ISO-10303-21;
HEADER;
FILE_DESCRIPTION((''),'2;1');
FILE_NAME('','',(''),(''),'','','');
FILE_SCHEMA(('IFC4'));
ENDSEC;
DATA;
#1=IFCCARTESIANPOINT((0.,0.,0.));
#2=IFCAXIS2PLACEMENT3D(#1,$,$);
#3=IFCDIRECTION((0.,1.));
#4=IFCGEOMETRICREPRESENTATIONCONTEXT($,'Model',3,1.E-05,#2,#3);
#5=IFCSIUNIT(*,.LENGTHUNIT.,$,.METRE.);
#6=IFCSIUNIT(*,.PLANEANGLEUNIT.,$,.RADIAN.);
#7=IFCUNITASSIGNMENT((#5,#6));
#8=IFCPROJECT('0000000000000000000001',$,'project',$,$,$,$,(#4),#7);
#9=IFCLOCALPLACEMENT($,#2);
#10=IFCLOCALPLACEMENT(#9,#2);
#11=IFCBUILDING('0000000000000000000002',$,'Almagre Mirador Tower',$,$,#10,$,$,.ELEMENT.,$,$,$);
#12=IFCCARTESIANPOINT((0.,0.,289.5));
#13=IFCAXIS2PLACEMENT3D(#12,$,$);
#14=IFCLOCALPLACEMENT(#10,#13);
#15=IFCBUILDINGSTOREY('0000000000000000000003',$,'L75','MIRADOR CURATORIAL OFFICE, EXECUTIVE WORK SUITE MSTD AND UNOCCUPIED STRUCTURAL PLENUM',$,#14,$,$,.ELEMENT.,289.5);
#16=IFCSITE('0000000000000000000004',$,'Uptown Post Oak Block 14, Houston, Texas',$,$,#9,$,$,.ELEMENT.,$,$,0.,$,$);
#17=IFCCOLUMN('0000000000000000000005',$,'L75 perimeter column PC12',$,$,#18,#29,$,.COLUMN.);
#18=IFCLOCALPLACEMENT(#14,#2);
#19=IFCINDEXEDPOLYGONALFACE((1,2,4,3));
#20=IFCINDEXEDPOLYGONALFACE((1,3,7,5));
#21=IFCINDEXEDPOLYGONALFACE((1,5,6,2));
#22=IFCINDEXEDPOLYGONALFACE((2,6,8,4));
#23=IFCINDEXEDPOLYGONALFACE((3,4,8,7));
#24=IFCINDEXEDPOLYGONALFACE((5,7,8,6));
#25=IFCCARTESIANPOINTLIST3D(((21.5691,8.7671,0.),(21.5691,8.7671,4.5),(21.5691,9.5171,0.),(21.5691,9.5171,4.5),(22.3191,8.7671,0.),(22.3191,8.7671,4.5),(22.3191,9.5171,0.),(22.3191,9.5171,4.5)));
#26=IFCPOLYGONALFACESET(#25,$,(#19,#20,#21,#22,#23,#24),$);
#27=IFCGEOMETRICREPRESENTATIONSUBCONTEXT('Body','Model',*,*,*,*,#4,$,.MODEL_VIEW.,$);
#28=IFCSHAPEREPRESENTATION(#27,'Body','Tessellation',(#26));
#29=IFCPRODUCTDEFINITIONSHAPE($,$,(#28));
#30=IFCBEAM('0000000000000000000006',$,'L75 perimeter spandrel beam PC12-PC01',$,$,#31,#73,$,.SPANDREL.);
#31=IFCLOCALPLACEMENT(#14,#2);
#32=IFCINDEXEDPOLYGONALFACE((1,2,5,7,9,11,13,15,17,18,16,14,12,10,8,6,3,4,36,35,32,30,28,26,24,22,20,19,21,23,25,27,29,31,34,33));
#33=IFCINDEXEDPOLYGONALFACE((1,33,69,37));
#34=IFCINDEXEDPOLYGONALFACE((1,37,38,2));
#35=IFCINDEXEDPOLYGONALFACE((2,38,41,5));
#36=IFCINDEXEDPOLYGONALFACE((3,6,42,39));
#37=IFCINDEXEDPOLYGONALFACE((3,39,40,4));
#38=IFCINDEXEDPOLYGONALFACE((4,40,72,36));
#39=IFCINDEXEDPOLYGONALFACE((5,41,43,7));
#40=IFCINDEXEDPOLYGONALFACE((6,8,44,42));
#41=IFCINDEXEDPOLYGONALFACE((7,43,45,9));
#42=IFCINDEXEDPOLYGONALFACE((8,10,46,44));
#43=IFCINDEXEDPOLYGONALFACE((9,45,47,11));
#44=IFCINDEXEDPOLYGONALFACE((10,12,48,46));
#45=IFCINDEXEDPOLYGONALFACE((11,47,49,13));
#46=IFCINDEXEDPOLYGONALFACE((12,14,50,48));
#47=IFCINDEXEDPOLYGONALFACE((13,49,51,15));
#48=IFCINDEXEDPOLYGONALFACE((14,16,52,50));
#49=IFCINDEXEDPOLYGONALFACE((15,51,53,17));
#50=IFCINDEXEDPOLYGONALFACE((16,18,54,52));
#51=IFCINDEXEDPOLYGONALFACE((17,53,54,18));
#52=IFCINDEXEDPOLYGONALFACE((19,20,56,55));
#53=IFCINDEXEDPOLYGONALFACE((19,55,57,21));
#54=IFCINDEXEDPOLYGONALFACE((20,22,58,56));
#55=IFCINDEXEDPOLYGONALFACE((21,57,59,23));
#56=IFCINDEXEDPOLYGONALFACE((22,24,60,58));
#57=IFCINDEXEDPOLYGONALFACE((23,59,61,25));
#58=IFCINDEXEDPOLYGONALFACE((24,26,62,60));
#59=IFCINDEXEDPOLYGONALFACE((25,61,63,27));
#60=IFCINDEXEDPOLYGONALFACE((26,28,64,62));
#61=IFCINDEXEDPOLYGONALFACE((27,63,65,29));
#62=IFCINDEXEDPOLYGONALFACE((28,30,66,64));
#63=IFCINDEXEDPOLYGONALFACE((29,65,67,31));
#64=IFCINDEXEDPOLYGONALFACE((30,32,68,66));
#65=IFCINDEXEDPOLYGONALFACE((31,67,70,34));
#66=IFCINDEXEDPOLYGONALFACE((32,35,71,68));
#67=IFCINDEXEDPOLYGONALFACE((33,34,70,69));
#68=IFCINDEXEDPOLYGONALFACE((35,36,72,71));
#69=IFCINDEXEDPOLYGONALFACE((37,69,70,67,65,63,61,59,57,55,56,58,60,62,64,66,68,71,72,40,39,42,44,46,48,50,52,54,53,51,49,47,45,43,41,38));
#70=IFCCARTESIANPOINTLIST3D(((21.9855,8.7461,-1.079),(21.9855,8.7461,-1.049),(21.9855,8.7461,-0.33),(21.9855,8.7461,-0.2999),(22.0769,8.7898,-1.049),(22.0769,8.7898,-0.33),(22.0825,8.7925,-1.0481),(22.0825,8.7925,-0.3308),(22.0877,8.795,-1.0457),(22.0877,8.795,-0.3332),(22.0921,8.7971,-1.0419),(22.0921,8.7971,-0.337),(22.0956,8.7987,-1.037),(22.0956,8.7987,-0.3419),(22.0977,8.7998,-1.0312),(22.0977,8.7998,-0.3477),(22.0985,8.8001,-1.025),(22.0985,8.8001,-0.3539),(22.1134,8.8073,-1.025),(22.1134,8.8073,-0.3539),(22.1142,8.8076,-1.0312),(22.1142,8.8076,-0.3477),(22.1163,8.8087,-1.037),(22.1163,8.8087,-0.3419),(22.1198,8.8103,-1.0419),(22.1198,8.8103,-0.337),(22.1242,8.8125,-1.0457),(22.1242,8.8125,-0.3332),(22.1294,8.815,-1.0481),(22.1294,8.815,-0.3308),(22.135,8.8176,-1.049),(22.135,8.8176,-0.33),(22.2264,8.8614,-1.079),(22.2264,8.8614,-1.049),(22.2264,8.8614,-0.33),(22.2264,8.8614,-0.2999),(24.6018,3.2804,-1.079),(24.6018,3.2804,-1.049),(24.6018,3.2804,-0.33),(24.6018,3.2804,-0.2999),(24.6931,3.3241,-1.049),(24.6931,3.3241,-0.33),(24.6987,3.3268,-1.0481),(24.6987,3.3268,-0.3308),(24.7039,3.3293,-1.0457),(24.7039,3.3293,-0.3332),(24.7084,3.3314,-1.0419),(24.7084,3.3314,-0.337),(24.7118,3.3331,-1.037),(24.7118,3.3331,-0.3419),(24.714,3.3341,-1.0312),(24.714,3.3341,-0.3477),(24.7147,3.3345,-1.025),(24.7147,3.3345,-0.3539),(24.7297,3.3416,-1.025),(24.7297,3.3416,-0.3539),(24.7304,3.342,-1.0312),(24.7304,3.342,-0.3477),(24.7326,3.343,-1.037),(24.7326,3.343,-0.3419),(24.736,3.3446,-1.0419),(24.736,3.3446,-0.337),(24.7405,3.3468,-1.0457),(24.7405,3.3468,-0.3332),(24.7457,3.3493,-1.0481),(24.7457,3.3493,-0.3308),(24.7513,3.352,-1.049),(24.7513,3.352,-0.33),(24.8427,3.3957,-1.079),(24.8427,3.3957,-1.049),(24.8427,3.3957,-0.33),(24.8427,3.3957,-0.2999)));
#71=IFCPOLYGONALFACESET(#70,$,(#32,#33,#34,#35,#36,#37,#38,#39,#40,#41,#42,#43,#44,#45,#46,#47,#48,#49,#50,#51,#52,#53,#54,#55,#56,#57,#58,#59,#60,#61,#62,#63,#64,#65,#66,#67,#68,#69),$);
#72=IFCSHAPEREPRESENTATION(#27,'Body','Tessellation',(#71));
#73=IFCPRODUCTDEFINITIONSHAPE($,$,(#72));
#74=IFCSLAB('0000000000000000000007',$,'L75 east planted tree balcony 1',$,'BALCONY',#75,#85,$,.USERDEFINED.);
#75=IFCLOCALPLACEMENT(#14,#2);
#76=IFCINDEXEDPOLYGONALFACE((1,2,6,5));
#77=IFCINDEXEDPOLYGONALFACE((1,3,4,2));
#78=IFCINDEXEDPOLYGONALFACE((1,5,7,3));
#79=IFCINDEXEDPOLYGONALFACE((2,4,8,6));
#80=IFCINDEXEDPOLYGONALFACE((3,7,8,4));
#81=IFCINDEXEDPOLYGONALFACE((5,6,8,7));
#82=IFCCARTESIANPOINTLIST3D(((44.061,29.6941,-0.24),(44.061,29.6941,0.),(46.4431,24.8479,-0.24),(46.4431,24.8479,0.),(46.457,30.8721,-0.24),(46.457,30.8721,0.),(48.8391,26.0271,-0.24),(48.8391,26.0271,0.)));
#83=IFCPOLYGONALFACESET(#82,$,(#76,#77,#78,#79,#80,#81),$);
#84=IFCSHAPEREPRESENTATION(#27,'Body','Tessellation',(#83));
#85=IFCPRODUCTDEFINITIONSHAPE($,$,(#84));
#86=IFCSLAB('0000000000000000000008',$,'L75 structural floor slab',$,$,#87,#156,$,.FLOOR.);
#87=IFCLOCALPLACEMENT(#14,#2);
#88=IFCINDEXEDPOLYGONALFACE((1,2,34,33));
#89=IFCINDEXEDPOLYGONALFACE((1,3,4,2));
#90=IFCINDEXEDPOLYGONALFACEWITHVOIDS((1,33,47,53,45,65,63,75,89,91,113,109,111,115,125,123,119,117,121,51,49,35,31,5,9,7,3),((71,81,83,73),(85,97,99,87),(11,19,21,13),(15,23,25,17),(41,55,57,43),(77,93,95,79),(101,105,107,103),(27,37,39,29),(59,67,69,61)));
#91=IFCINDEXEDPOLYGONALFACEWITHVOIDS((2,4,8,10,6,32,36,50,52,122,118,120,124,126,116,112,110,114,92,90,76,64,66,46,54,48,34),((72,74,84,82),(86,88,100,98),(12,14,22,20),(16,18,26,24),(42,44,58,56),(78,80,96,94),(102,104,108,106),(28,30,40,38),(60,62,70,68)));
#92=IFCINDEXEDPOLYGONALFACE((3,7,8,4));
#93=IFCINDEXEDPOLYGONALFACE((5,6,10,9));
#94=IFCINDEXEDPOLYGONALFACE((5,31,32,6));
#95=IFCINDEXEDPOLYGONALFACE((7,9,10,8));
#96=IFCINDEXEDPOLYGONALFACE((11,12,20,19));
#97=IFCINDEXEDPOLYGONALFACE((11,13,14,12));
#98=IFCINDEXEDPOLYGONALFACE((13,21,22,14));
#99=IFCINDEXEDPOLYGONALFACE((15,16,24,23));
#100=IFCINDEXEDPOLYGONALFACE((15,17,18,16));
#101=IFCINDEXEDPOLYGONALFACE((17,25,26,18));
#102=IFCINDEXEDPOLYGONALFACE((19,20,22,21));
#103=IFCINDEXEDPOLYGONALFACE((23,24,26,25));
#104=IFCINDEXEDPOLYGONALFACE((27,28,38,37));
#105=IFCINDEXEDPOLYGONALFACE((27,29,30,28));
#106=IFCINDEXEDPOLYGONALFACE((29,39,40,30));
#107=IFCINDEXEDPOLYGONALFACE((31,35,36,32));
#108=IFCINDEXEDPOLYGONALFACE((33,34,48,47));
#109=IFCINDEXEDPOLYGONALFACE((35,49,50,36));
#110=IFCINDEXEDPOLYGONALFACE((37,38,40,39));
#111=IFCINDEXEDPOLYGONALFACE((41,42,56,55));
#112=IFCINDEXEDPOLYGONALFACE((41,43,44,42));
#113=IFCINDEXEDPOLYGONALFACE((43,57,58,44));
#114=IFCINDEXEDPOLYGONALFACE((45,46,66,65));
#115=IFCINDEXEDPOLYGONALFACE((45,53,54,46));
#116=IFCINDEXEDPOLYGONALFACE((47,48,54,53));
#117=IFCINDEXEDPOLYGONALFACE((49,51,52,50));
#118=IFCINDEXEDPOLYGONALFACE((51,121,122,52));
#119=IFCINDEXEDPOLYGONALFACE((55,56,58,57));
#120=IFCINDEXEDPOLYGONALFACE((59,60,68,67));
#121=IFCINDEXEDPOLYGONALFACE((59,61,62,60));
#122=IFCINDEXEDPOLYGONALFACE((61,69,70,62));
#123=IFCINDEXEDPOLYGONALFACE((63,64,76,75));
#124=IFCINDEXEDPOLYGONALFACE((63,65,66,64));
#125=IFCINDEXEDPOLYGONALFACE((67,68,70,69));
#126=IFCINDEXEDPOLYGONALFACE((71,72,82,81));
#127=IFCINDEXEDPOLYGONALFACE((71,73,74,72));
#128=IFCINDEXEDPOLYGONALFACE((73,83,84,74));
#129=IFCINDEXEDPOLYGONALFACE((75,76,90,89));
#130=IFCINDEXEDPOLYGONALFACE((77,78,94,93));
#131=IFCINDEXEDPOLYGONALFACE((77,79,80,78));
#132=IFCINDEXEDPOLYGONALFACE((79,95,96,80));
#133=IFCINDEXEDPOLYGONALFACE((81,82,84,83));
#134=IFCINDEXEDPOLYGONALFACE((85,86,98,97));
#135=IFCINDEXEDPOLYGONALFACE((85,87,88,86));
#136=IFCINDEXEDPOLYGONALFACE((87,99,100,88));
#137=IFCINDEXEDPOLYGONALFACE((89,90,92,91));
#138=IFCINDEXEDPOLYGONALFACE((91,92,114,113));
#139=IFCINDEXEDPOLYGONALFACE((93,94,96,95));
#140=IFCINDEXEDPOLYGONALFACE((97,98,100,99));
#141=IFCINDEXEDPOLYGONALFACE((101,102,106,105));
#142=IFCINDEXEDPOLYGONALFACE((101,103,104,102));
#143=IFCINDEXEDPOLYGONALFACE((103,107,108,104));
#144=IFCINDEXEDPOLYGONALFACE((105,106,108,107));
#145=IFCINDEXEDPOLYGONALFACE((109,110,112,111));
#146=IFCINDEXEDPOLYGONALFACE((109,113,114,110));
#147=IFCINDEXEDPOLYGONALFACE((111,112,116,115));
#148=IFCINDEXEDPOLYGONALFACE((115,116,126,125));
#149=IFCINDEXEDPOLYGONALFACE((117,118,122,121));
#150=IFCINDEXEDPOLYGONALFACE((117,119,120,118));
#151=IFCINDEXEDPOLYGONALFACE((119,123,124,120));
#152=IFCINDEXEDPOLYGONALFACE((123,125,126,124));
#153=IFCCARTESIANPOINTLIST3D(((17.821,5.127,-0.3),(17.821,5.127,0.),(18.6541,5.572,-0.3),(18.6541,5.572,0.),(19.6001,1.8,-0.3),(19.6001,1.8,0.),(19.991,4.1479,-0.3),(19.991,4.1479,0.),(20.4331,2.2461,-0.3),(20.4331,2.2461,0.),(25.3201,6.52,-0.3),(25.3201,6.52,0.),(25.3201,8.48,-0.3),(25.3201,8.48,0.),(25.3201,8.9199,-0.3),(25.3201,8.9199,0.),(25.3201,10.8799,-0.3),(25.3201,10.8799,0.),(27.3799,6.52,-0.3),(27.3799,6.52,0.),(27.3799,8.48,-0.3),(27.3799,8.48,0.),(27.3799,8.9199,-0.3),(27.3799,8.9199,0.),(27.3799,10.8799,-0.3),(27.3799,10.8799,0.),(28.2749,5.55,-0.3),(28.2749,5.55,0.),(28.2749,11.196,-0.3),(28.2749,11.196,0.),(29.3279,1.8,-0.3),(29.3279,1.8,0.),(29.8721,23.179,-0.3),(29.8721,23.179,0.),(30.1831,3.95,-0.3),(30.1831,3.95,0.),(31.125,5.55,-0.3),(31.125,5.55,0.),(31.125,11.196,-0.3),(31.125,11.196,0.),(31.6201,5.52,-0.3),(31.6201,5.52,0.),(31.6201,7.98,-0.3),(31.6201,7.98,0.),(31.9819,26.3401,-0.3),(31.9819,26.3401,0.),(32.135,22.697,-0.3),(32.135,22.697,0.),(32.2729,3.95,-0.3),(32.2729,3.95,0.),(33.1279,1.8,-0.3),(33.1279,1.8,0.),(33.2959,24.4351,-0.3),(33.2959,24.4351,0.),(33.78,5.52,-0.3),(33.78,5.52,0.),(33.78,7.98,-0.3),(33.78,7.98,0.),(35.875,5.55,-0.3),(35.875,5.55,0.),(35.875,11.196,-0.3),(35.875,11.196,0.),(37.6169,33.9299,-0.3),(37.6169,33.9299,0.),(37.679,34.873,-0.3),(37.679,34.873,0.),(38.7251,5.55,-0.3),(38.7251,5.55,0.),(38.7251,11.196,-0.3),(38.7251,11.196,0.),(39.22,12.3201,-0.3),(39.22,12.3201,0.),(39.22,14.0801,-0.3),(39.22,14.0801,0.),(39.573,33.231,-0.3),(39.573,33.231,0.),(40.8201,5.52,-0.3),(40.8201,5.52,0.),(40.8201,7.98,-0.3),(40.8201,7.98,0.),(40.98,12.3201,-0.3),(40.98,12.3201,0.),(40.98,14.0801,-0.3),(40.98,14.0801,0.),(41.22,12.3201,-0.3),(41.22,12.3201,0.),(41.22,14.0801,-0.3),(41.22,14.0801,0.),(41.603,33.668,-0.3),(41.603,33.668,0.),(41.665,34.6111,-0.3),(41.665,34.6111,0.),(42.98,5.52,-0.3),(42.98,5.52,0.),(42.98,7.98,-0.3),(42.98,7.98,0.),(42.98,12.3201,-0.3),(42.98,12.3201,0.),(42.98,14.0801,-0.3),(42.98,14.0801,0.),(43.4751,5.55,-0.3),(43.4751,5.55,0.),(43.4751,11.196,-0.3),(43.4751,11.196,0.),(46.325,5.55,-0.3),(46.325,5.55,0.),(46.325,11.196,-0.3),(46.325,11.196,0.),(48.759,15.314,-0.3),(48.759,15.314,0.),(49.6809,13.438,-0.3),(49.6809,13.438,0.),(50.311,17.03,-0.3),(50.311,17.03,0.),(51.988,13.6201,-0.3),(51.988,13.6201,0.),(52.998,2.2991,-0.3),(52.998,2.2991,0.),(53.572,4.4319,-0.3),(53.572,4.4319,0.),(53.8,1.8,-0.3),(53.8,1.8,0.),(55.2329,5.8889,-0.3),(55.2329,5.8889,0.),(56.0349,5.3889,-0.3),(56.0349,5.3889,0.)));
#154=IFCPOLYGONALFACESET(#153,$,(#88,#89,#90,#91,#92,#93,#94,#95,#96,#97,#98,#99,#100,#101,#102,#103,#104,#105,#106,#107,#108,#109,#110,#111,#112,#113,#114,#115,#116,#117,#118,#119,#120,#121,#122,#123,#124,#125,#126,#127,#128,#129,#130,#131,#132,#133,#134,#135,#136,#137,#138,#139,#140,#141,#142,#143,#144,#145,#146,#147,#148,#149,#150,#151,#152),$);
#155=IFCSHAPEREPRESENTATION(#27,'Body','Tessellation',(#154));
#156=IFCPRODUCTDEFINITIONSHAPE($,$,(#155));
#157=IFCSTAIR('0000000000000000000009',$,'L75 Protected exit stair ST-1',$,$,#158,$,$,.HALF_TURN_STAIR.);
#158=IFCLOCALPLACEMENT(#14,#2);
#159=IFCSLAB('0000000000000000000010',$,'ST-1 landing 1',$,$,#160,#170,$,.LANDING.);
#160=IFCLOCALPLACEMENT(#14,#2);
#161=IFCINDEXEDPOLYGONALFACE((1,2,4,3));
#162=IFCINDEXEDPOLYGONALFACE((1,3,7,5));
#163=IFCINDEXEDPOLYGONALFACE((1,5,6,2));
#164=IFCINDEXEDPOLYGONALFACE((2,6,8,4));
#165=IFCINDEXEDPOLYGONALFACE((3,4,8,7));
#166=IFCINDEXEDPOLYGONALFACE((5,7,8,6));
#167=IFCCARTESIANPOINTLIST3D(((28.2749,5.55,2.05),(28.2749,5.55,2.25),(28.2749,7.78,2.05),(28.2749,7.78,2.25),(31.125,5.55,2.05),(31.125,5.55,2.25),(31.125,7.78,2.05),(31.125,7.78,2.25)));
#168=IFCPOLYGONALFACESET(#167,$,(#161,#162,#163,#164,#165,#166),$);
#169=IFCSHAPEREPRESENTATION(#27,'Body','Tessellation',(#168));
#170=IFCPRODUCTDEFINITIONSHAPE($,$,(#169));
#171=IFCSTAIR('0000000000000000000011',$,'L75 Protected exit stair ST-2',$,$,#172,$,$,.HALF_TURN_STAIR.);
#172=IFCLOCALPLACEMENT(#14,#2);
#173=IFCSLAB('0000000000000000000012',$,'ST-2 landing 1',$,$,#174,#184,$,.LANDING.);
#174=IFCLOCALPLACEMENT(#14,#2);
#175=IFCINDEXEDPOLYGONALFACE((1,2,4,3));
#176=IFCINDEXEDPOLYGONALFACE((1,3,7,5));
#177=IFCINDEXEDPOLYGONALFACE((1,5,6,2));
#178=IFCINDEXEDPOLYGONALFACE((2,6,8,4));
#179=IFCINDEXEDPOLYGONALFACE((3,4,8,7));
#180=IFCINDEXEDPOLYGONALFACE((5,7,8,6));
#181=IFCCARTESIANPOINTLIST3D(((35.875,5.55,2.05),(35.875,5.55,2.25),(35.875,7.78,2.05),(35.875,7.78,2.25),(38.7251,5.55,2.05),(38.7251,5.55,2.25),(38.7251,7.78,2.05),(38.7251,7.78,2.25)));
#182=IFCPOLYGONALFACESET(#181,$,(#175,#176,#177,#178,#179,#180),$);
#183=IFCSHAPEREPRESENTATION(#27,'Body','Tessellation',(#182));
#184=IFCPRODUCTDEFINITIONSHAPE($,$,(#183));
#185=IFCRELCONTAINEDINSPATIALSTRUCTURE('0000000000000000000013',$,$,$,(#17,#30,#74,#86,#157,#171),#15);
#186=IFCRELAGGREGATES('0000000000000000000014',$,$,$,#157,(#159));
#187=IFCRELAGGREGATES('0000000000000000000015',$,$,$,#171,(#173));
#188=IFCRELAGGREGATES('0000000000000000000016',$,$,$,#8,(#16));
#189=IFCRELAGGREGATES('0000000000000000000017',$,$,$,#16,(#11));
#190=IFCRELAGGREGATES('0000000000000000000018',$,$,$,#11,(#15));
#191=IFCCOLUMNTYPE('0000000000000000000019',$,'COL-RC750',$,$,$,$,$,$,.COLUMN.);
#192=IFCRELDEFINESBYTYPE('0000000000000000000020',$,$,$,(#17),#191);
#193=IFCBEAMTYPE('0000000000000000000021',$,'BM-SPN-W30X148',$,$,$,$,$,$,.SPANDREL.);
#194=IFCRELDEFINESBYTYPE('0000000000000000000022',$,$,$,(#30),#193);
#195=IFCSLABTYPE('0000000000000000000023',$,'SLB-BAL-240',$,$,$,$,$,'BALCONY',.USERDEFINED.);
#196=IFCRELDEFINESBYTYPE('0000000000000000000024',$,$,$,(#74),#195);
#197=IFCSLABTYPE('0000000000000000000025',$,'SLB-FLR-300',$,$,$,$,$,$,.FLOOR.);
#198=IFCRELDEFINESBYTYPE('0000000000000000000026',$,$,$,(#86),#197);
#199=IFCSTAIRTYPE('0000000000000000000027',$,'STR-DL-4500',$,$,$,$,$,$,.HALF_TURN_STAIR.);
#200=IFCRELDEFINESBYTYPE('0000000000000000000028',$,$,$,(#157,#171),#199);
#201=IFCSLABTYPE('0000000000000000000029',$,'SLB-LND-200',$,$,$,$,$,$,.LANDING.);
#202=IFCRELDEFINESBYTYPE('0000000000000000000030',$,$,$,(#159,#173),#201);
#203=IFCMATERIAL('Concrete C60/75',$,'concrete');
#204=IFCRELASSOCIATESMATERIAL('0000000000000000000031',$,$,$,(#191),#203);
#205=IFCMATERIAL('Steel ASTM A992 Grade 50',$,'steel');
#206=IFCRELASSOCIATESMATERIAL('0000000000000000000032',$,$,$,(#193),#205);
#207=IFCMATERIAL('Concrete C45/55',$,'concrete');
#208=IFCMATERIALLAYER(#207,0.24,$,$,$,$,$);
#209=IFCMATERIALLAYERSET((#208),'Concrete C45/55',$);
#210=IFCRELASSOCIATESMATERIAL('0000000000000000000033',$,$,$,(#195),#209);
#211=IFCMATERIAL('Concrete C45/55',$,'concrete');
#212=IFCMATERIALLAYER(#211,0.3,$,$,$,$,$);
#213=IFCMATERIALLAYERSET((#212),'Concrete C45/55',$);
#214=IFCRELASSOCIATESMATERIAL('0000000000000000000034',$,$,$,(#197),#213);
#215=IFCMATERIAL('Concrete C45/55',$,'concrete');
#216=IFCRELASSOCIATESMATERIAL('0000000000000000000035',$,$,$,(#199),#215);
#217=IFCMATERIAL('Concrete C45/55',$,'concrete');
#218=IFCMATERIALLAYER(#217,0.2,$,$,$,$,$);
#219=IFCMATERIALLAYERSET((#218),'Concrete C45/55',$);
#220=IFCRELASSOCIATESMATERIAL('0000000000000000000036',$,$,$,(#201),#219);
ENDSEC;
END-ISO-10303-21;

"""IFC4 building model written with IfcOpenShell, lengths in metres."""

from ifc_helpers import new_model, si_unit, direction, frame, origin, origin_2d, place, context, subcontext, project, spatial, polyline, rectangle, i_section, outline, extrude, material, layer, layer_set, material_profile, profile_set, type_object, element, aggregate, save


model = new_model("IFC4")

# Units and contexts
model_context = context("Model", 3, precision=1e-05, world=origin(), true_north=direction((0.0, 1.0)))
body_context = subcontext(model_context, "Body", "Model", "MODEL_VIEW")
ifc_project = project(units=[si_unit("LENGTHUNIT", "METRE"), si_unit("PLANEANGLEUNIT", "RADIAN")], contexts=[model_context])

# Site, building, storey
site_placement = place(None, origin())
site = spatial("IfcSite", under=ifc_project, at=site_placement, Name="Uptown Post Oak Block 14, Houston, Texas", CompositionType="ELEMENT", RefElevation=0.0)
building_placement = place(site_placement, origin())
building = spatial("IfcBuilding", under=site, at=building_placement, Name="Almagre Mirador Tower", CompositionType="ELEMENT")
storey_placement = place(building_placement, frame((0.0, 0.0, 289.5)))
storey = spatial("IfcBuildingStorey", under=building, at=storey_placement, Name="L75", Description="MIRADOR CURATORIAL OFFICE, EXECUTIVE WORK SUITE MSTD AND UNOCCUPIED STRUCTURAL PLENUM", CompositionType="ELEMENT", Elevation=289.5)

# Column
ifc_material_1 = material(Name="Concrete C60/75", Category="concrete")
ifc_material_profile_1 = material_profile(ifc_material_1, rectangle(XDim=0.75, YDim=0.75, at=origin_2d()), Name="RC750X750")
ifc_profile_set_1 = profile_set([ifc_material_profile_1], Name="Concrete C60/75")
column_type = type_object("IfcColumnType", Name="COL-RC750", PredefinedType="COLUMN", material=ifc_profile_set_1)
column_placement = place(storey_placement, frame((21.9441, 9.1421, 0.0), z_axis=(0.0, 0.0, 1.0), x_axis=(1.0, 0.0, 0.0)))
element("IfcColumn", 1, at=column_placement, inside=storey, type_object=column_type, Name="L75 perimeter column PC12", PredefinedType="COLUMN", context=body_context, shape_type="SweptSolid", body=[
    extrude(rectangle(XDim=0.75, YDim=0.75, at=origin_2d()), origin(), (0.0, 0.0, 1.0), 4.5),
])

# Beam
ifc_material_2 = material(Name="Steel ASTM A992 Grade 50", Category="steel")
ifc_material_profile_2 = material_profile(ifc_material_2, i_section(OverallWidth=0.2671, OverallDepth=0.7791, WebThickness=0.0166, FlangeThickness=0.03, FilletRadius=0.0239, at=origin_2d()), Name="W30X148")
ifc_profile_set_2 = profile_set([ifc_material_profile_2], Name="Steel ASTM A992 Grade 50")
beam_type = type_object("IfcBeamType", Name="BM-SPN-W30X148", PredefinedType="SPANDREL", material=ifc_profile_set_2)
beam_placement = place(storey_placement, frame((22.106, 8.8037, -0.6895), z_axis=(0.431756, -0.90199, 0.0), x_axis=(0.90199, 0.431756, 0.0)))
element("IfcBeam", 2, at=beam_placement, inside=storey, type_object=beam_type, Name="L75 perimeter spandrel beam PC12-PC01", PredefinedType="SPANDREL", context=body_context, shape_type="SweptSolid", body=[
    extrude(i_section(OverallWidth=0.2671, OverallDepth=0.7791, WebThickness=0.0166, FlangeThickness=0.03, FilletRadius=0.0239, at=origin_2d()), origin(), (0.0, 0.0, 1.0), 6.0596),
])

# Slabs
ifc_material_3 = material(Name="Concrete C45/55", Category="concrete")
ifc_layer_1 = layer(ifc_material_3, 0.24)
ifc_layer_set_1 = layer_set([ifc_layer_1], Name="Concrete C45/55")
slab_type_1 = type_object("IfcSlabType", Name="SLB-BAL-240", ElementType="BALCONY", PredefinedType="USERDEFINED", material=ifc_layer_set_1)
slab_1_placement = place(storey_placement, frame((0.0, 0.0, -0.24)))
element("IfcSlab", 3, at=slab_1_placement, inside=storey, type_object=slab_type_1, Name="L75 east planted tree balcony 1", ObjectType="BALCONY", PredefinedType="USERDEFINED", context=body_context, shape_type="SweptSolid", body=[
    extrude(outline(polyline([(46.4431, 24.8479), (44.061, 29.6941), (46.457, 30.8721), (48.8391, 26.0271), (46.4431, 24.8479)])), origin(), (0.0, 0.0, 1.0), 0.24),
])
ifc_material_4 = material(Name="Concrete C45/55", Category="concrete")
ifc_layer_2 = layer(ifc_material_4, 0.3)
ifc_layer_set_2 = layer_set([ifc_layer_2], Name="Concrete C45/55")
slab_type_2 = type_object("IfcSlabType", Name="SLB-FLR-300", PredefinedType="FLOOR", material=ifc_layer_set_2)
slab_2_placement = place(storey_placement, frame((0.0, 0.0, -0.3)))
element("IfcSlab", 4, at=slab_2_placement, inside=storey, type_object=slab_type_2, Name="L75 structural floor slab", PredefinedType="FLOOR", context=body_context, shape_type="SweptSolid", body=[
    extrude(outline(polyline([(17.821, 5.127), (18.6541, 5.572), (19.991, 4.1479), (20.4331, 2.2461), (19.6001, 1.8), (29.3279, 1.8), (30.1831, 3.95), (32.2729, 3.95), (33.1279, 1.8), (53.8, 1.8), (52.998, 2.2991), (53.572, 4.4319), (55.2329, 5.8889), (56.0349, 5.3889), (51.988, 13.6201), (49.6809, 13.438), (48.759, 15.314), (50.311, 17.03), (41.665, 34.6111), (41.603, 33.668), (39.573, 33.231), (37.6169, 33.9299), (37.679, 34.873), (31.9819, 26.3401), (33.2959, 24.4351), (32.135, 22.697), (29.8721, 23.179), (17.821, 5.127)]), holes=[polyline([(43.4751, 5.55), (43.4751, 11.196), (46.325, 11.196), (46.325, 5.55), (43.4751, 5.55)]), polyline([(41.22, 12.3201), (41.22, 14.0801), (42.98, 14.0801), (42.98, 12.3201), (41.22, 12.3201)]), polyline([(42.98, 5.52), (40.8201, 5.52), (40.8201, 7.98), (42.98, 7.98), (42.98, 5.52)]), polyline([(39.22, 12.3201), (39.22, 14.0801), (40.98, 14.0801), (40.98, 12.3201), (39.22, 12.3201)]), polyline([(35.875, 5.55), (35.875, 11.196), (38.7251, 11.196), (38.7251, 5.55), (35.875, 5.55)]), polyline([(33.78, 5.52), (31.6201, 5.52), (31.6201, 7.98), (33.78, 7.98), (33.78, 5.52)]), polyline([(28.2749, 5.55), (28.2749, 11.196), (31.125, 11.196), (31.125, 5.55), (28.2749, 5.55)]), polyline([(27.3799, 6.52), (25.3201, 6.52), (25.3201, 8.48), (27.3799, 8.48), (27.3799, 6.52)]), polyline([(27.3799, 8.9199), (25.3201, 8.9199), (25.3201, 10.8799), (27.3799, 10.8799), (27.3799, 8.9199)])]), origin(), (0.0, 0.0, 1.0), 0.3),
])

# Stairs, slabs
ifc_material_5 = material(Name="Concrete C45/55", Category="concrete")
stair_type = type_object("IfcStairType", Name="STR-DL-4500", PredefinedType="HALF_TURN_STAIR", material=ifc_material_5)
stair_1_placement = place(storey_placement, origin())
stair_1 = element("IfcStair", 5, at=stair_1_placement, inside=storey, type_object=stair_type, Name="L75 Protected exit stair ST-1", PredefinedType="HALF_TURN_STAIR")
ifc_material_6 = material(Name="Concrete C45/55", Category="concrete")
ifc_layer_3 = layer(ifc_material_6, 0.2)
ifc_layer_set_3 = layer_set([ifc_layer_3], Name="Concrete C45/55")
slab_type_3 = type_object("IfcSlabType", Name="SLB-LND-200", PredefinedType="LANDING", material=ifc_layer_set_3)
slab_3_placement = place(storey_placement, frame((0.0, 0.0, 2.05)))
slab_3 = element("IfcSlab", 6, at=slab_3_placement, type_object=slab_type_3, Name="ST-1 landing 1", PredefinedType="LANDING", context=body_context, shape_type="SweptSolid", body=[
    extrude(outline(polyline([(28.2749, 7.78), (28.2749, 5.55), (31.125, 5.55), (31.125, 7.78), (28.2749, 7.78)])), origin(), (0.0, 0.0, 1.0), 0.2),
])
aggregate(stair_1, [slab_3])
stair_2_placement = place(storey_placement, origin())
stair_2 = element("IfcStair", 7, at=stair_2_placement, inside=storey, type_object=stair_type, Name="L75 Protected exit stair ST-2", PredefinedType="HALF_TURN_STAIR")
slab_4_placement = place(storey_placement, frame((0.0, 0.0, 2.05)))
slab_4 = element("IfcSlab", 8, at=slab_4_placement, type_object=slab_type_3, Name="ST-2 landing 1", PredefinedType="LANDING", context=body_context, shape_type="SweptSolid", body=[
    extrude(outline(polyline([(35.875, 7.78), (35.875, 5.55), (38.7251, 5.55), (38.7251, 7.78), (35.875, 7.78)])), origin(), (0.0, 0.0, 1.0), 0.2),
])
aggregate(stair_2, [slab_4])

save(model, "model.ifc")
